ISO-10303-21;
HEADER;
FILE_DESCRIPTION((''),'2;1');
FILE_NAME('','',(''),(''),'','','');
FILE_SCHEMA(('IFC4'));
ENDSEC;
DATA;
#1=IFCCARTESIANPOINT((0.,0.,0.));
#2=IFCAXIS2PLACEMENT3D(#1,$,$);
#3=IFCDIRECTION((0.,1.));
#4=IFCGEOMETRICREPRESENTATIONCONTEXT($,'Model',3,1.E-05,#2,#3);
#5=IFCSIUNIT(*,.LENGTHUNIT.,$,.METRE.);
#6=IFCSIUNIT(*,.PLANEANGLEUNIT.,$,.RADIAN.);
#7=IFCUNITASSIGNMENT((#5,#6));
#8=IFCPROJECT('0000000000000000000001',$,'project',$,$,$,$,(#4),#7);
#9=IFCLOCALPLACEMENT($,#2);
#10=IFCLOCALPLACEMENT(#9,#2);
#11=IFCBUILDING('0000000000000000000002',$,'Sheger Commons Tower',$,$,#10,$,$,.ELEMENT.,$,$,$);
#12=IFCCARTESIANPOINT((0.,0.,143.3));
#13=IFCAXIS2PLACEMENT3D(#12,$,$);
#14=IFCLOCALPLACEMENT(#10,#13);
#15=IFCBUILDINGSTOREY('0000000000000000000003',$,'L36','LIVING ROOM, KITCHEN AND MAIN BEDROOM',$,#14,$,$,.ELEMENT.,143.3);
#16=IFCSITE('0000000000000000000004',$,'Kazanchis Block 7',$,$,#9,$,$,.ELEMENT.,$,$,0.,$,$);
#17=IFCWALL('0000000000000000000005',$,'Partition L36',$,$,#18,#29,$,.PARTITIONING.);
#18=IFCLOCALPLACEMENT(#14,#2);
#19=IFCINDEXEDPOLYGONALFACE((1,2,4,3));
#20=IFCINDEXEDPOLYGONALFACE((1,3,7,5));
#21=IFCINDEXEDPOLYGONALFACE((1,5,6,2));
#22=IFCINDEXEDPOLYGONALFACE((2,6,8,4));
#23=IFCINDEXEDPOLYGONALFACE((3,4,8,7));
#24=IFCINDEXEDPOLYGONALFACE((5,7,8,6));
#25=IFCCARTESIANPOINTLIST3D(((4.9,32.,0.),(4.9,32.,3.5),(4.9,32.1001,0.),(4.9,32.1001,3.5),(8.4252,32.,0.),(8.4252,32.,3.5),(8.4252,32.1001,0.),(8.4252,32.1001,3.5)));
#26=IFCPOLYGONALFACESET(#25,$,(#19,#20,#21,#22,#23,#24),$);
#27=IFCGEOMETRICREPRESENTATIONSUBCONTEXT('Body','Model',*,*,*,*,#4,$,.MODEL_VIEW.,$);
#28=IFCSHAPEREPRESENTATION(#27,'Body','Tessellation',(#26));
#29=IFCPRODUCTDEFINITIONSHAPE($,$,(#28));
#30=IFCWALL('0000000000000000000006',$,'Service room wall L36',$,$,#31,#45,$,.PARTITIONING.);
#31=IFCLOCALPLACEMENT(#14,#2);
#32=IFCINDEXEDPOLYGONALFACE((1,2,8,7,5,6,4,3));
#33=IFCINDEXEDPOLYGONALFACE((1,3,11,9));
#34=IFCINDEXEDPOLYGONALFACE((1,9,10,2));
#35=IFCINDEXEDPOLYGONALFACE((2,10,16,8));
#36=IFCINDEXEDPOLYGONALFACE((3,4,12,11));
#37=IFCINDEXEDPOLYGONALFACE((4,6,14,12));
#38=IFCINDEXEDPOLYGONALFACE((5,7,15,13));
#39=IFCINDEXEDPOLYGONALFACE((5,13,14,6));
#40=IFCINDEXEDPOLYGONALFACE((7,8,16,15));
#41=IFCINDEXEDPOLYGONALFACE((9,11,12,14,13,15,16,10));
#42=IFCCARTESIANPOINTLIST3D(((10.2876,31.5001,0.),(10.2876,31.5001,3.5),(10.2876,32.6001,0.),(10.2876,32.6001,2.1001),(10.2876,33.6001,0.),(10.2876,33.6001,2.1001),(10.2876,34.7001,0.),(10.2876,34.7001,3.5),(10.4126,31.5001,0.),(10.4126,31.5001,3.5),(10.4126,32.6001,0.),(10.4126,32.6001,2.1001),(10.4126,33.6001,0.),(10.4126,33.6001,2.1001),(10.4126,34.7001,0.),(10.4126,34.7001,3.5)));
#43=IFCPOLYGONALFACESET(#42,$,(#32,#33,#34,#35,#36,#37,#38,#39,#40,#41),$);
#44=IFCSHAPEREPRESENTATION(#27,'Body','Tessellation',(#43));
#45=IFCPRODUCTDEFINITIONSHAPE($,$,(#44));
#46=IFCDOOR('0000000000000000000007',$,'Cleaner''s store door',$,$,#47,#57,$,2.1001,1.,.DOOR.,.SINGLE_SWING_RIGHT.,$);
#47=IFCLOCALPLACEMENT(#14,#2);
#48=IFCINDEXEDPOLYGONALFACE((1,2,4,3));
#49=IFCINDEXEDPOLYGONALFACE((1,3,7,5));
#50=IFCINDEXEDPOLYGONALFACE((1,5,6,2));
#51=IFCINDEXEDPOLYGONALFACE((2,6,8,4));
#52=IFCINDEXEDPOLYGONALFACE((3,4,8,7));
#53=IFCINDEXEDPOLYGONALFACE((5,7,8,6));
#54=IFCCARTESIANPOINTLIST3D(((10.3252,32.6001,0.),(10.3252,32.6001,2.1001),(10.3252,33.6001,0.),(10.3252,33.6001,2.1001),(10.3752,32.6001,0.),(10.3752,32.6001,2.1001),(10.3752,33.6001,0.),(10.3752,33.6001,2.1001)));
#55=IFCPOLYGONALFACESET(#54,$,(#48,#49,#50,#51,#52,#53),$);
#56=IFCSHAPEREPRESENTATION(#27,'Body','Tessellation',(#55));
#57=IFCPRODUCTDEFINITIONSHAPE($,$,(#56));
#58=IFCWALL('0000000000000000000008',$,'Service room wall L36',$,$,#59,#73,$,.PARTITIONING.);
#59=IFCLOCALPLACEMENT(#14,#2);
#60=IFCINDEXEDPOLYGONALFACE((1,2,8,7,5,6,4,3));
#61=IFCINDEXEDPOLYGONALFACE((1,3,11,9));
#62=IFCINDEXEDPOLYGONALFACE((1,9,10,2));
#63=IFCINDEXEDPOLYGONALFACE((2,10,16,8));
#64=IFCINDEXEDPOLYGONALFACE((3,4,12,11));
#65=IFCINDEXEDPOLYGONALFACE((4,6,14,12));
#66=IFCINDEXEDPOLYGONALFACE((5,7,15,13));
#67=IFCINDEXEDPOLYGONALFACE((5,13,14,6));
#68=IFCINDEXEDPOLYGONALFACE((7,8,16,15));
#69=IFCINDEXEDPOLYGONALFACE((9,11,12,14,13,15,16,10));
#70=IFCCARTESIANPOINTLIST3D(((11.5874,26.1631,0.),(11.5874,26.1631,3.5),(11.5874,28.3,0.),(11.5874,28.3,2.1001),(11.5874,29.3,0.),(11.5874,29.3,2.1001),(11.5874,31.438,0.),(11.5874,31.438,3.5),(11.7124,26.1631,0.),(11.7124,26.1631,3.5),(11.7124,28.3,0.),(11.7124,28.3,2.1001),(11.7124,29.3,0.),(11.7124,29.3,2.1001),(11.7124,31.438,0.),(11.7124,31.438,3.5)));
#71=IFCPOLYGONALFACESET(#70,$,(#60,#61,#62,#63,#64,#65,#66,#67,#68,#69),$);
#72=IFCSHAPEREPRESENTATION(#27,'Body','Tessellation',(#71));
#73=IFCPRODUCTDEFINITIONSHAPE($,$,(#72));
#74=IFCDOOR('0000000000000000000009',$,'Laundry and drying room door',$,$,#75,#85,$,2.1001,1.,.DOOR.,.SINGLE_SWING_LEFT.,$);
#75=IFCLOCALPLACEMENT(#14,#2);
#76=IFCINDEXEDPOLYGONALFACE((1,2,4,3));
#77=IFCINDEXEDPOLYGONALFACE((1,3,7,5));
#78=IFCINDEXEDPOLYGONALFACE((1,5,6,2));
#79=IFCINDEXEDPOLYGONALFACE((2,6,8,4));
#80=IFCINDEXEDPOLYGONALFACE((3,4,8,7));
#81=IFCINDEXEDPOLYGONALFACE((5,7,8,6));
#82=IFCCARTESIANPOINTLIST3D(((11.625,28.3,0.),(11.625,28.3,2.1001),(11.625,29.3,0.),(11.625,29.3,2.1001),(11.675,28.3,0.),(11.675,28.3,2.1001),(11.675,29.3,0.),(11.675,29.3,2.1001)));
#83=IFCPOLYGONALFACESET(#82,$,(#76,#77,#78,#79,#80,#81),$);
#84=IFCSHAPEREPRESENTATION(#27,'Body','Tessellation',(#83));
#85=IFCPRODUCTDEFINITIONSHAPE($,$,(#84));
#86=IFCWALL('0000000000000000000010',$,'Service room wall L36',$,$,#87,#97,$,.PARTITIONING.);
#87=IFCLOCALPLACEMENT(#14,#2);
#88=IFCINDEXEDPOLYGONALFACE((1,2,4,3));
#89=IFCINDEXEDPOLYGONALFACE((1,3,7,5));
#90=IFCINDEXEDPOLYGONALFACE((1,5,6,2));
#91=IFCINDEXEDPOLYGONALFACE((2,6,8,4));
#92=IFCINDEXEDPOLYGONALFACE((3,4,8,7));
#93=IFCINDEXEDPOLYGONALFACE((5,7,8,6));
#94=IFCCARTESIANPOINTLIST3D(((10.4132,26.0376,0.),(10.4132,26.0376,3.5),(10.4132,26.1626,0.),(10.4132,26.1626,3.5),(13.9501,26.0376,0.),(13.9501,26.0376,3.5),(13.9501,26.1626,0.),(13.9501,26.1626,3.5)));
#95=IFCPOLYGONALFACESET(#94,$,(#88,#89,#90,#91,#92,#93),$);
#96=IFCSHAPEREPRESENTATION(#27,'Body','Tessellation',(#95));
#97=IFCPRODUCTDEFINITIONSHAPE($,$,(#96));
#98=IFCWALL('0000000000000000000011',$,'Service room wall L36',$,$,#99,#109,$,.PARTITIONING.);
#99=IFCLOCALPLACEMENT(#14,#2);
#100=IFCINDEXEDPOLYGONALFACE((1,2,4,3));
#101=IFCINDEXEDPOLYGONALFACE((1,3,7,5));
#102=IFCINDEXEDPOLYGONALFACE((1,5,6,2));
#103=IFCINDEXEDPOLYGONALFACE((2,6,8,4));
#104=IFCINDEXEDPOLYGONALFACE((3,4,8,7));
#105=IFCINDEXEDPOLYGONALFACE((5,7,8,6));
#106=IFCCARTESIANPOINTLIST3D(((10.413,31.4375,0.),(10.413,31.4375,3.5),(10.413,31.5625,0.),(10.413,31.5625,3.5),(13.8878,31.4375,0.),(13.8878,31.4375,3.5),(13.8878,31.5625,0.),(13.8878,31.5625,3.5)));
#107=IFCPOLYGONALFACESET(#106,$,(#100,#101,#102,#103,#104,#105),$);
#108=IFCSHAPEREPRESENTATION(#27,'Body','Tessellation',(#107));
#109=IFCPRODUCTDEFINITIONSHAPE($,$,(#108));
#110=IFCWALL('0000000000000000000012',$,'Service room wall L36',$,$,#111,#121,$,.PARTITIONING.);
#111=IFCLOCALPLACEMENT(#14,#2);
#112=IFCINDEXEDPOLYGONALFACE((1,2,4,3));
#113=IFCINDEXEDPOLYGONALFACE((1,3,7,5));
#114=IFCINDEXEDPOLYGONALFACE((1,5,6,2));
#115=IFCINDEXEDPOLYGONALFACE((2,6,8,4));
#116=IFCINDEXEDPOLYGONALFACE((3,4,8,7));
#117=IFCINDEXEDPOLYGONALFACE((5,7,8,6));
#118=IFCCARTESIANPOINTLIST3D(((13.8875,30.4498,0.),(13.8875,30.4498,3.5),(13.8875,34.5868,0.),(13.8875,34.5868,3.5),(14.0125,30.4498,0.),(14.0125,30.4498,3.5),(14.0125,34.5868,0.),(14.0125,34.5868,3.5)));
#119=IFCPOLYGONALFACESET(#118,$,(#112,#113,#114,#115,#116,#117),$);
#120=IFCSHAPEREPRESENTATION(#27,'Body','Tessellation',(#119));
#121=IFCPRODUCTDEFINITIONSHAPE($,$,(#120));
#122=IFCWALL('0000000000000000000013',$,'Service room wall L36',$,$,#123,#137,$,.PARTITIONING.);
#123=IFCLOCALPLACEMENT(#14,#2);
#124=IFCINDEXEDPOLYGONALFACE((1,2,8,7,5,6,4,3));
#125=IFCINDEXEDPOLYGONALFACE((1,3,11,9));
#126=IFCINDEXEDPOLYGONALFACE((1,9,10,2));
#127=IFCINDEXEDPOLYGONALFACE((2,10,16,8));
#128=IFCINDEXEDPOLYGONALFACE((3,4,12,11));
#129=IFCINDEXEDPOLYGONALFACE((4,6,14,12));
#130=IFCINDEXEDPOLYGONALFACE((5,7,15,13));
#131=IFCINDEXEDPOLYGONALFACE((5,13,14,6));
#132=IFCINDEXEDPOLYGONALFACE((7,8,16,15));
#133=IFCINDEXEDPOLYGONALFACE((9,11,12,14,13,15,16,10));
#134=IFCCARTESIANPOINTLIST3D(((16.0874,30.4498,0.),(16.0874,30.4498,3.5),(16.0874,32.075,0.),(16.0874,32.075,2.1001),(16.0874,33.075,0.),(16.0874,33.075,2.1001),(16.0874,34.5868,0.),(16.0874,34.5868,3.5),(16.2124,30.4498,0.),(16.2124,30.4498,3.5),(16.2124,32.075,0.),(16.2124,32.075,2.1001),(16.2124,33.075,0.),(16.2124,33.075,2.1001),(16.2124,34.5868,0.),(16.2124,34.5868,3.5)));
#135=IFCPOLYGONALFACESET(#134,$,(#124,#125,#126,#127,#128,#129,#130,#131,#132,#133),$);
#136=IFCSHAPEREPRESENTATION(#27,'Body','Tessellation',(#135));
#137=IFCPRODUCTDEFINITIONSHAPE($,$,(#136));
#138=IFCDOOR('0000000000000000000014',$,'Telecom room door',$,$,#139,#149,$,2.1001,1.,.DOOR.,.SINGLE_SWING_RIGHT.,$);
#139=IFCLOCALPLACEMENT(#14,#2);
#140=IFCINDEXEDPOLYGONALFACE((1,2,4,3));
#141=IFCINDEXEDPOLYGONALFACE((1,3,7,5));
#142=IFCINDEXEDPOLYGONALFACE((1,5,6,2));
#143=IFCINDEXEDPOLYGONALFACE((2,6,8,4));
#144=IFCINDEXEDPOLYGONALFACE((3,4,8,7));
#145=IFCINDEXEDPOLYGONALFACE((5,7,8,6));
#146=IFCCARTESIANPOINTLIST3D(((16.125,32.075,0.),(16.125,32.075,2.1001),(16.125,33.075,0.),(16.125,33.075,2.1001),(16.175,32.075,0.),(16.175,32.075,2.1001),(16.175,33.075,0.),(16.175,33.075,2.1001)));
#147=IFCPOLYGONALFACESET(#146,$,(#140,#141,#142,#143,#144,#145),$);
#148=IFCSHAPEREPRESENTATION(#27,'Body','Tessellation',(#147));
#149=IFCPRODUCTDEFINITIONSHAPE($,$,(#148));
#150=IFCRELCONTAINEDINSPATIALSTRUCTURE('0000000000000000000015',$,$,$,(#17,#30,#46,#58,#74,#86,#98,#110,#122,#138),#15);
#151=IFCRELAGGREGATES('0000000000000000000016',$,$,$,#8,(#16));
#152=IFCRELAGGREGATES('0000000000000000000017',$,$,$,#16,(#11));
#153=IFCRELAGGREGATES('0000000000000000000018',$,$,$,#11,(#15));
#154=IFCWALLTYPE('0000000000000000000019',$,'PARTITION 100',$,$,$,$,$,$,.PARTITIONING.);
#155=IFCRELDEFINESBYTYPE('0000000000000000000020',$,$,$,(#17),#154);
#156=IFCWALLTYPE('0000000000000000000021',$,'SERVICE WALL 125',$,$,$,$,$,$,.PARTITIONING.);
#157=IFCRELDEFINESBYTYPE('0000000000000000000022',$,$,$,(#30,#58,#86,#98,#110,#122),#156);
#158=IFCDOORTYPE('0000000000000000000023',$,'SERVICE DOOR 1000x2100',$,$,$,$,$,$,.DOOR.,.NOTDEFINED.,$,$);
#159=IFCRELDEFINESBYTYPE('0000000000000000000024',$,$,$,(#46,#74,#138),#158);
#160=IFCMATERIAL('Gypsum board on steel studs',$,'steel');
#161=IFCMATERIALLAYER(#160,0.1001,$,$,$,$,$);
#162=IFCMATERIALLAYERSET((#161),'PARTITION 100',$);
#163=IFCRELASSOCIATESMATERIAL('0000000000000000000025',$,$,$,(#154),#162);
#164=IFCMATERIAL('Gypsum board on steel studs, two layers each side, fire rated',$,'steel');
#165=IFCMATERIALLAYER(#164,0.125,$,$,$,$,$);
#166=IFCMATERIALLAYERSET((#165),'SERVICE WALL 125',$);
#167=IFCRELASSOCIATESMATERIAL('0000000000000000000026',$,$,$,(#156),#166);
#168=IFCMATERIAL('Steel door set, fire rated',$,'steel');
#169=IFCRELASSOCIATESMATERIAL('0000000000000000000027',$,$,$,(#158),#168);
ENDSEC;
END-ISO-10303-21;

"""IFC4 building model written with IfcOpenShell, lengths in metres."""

from ifc_helpers import new_model, si_unit, direction, frame, frame_2d, origin, place, context, subcontext, project, spatial, rectangle, extrude, material, layer, layer_set, type_object, element, fill, save


model = new_model("IFC4")

# Units and contexts
model_context = context("Model", 3, precision=1e-05, world=origin(), true_north=direction((0.0, 1.0)))
body_context = subcontext(model_context, "Body", "Model", "MODEL_VIEW")
ifc_project = project(units=[si_unit("LENGTHUNIT", "METRE"), si_unit("PLANEANGLEUNIT", "RADIAN")], contexts=[model_context])

# Site, building, storey
site_placement = place(None, origin())
site = spatial("IfcSite", under=ifc_project, at=site_placement, Name="Kazanchis Block 7", CompositionType="ELEMENT", RefElevation=0.0)
building_placement = place(site_placement, origin())
building = spatial("IfcBuilding", under=site, at=building_placement, Name="Sheger Commons Tower", CompositionType="ELEMENT")
storey_placement = place(building_placement, frame((0.0, 0.0, 143.3)))
storey = spatial("IfcBuildingStorey", under=building, at=storey_placement, Name="L36", Description="LIVING ROOM, KITCHEN AND MAIN BEDROOM", CompositionType="ELEMENT", Elevation=143.3)

# Shared definitions
ifc_material_1 = material(Name="Gypsum board on steel studs", Category="steel")
ifc_layer_1 = layer(ifc_material_1, 0.1001)
ifc_layer_set_1 = layer_set([ifc_layer_1], Name="PARTITION 100")
wall_type_1 = type_object("IfcWallType", Name="PARTITION 100", PredefinedType="PARTITIONING", material=ifc_layer_set_1)

# Wall
wall_1_placement = place(storey_placement, frame((4.8999, 32.05, 0.0), z_axis=(0.0, 0.0, 1.0), x_axis=(1.0, 0.0, 0.0)))
element("IfcWall", 1, at=wall_1_placement, inside=storey, type_object=wall_type_1, Name="Partition L36", PredefinedType="PARTITIONING", context=body_context, shape_type="SweptSolid", body=[
    extrude(rectangle(XDim=3.5251, YDim=0.1001, at=frame_2d((1.7627, 0.0))), origin(), (0.0, 0.0, 1.0), 3.5),
])

# Walls, openings, doors
ifc_material_2 = material(Name="Gypsum board on steel studs, two layers each side, fire rated", Category="steel")
ifc_layer_2 = layer(ifc_material_2, 0.125)
ifc_layer_set_2 = layer_set([ifc_layer_2], Name="SERVICE WALL 125")
wall_type_2 = type_object("IfcWallType", Name="SERVICE WALL 125", PredefinedType="PARTITIONING", material=ifc_layer_set_2)
wall_2_placement = place(storey_placement, frame((10.3501, 31.5, 0.0), z_axis=(0.0, 0.0, 1.0), x_axis=(0.0, 1.0, 0.0)))
wall_2 = element("IfcWall", 2, at=wall_2_placement, inside=storey, type_object=wall_type_2, Name="Service room wall L36", PredefinedType="PARTITIONING", context=body_context, shape_type="SweptSolid", body=[
    extrude(rectangle(XDim=3.2, YDim=0.125, at=frame_2d((1.6001, 0.0))), origin(), (0.0, 0.0, 1.0), 3.5),
])
opening_1_placement = place(wall_2_placement, frame((1.1001, 0.0, 0.0)))
opening_1 = element("IfcOpeningElement", 3, at=opening_1_placement, cuts=wall_2, PredefinedType="OPENING", context=body_context, shape_type="SweptSolid", body=[
    extrude(rectangle(XDim=1.0, YDim=2.1001, at=frame_2d((0.5, 1.05))), frame((0.0, 0.0725, 0.0), z_axis=(0.0, -1.0, 0.0), x_axis=(1.0, 0.0, 0.0)), (0.0, 0.0, 1.0), 0.145),
])
ifc_material_3 = material(Name="Steel door set, fire rated", Category="steel")
door_type_1 = type_object("IfcDoorType", Name="SERVICE DOOR 1000x2100", OperationType="NOTDEFINED", PredefinedType="DOOR", material=ifc_material_3)
door_1_placement = place(opening_1_placement, origin())
door_1 = element("IfcDoor", 4, at=door_1_placement, inside=storey, type_object=door_type_1, Name="Cleaner's store door", OperationType="SINGLE_SWING_RIGHT", OverallHeight=2.1001, OverallWidth=1.0, PredefinedType="DOOR", context=body_context, shape_type="SweptSolid", body=[
    extrude(rectangle(XDim=1.0, YDim=2.1001, at=frame_2d((0.5, 1.05))), frame((0.0, 0.0249, 0.0), z_axis=(0.0, -1.0, 0.0), x_axis=(1.0, 0.0, 0.0)), (0.0, 0.0, 1.0), 0.05),
])
fill(opening_1, door_1)
wall_3_placement = place(storey_placement, frame((11.6499, 26.1631, 0.0), z_axis=(0.0, 0.0, 1.0), x_axis=(0.0, 1.0, 0.0)))
wall_3 = element("IfcWall", 5, at=wall_3_placement, inside=storey, type_object=wall_type_2, Name="Service room wall L36", PredefinedType="PARTITIONING", context=body_context, shape_type="SweptSolid", body=[
    extrude(rectangle(XDim=5.2749, YDim=0.125, at=frame_2d((2.6375, 0.0))), origin(), (0.0, 0.0, 1.0), 3.5),
])
opening_2_placement = place(wall_3_placement, frame((2.137, 0.0, 0.0)))
opening_2 = element("IfcOpeningElement", 6, at=opening_2_placement, cuts=wall_3, PredefinedType="OPENING", context=body_context, shape_type="SweptSolid", body=[
    extrude(rectangle(XDim=1.0, YDim=2.1001, at=frame_2d((0.5, 1.05))), frame((0.0, 0.0725, 0.0), z_axis=(0.0, -1.0, 0.0), x_axis=(1.0, 0.0, 0.0)), (0.0, 0.0, 1.0), 0.145),
])
door_2_placement = place(opening_2_placement, origin())
door_2 = element("IfcDoor", 7, at=door_2_placement, inside=storey, type_object=door_type_1, Name="Laundry and drying room door", OperationType="SINGLE_SWING_LEFT", OverallHeight=2.1001, OverallWidth=1.0, PredefinedType="DOOR", context=body_context, shape_type="SweptSolid", body=[
    extrude(rectangle(XDim=1.0, YDim=2.1001, at=frame_2d((0.5, 1.05))), frame((0.0, 0.0249, 0.0), z_axis=(0.0, -1.0, 0.0), x_axis=(1.0, 0.0, 0.0)), (0.0, 0.0, 1.0), 0.05),
])
fill(opening_2, door_2)

# Walls
wall_4_placement = place(storey_placement, frame((10.4131, 26.1001, 0.0), z_axis=(0.0, 0.0, 1.0), x_axis=(1.0, 0.0, 0.0)))
element("IfcWall", 8, at=wall_4_placement, inside=storey, type_object=wall_type_2, Name="Service room wall L36", PredefinedType="PARTITIONING", context=body_context, shape_type="SweptSolid", body=[
    extrude(rectangle(XDim=3.5369, YDim=0.125, at=frame_2d((1.7686, 0.0))), origin(), (0.0, 0.0, 1.0), 3.5),
])
wall_5_placement = place(storey_placement, frame((10.4131, 31.5, 0.0), z_axis=(0.0, 0.0, 1.0), x_axis=(1.0, 0.0, 0.0)))
element("IfcWall", 9, at=wall_5_placement, inside=storey, type_object=wall_type_2, Name="Service room wall L36", PredefinedType="PARTITIONING", context=body_context, shape_type="SweptSolid", body=[
    extrude(rectangle(XDim=3.4749, YDim=0.125, at=frame_2d((1.7373, 0.0))), origin(), (0.0, 0.0, 1.0), 3.5),
])
wall_6_placement = place(storey_placement, frame((13.95, 30.45, 0.0), z_axis=(0.0, 0.0, 1.0), x_axis=(0.0, 1.0, 0.0)))
element("IfcWall", 10, at=wall_6_placement, inside=storey, type_object=wall_type_2, Name="Service room wall L36", PredefinedType="PARTITIONING", context=body_context, shape_type="SweptSolid", body=[
    extrude(rectangle(XDim=4.137, YDim=0.125, at=frame_2d((2.0684, 0.0))), origin(), (0.0, 0.0, 1.0), 3.5),
])

# Wall, opening, door
wall_7_placement = place(storey_placement, frame((16.1499, 30.45, 0.0), z_axis=(0.0, 0.0, 1.0), x_axis=(0.0, 1.0, 0.0)))
wall_7 = element("IfcWall", 11, at=wall_7_placement, inside=storey, type_object=wall_type_2, Name="Service room wall L36", PredefinedType="PARTITIONING", context=body_context, shape_type="SweptSolid", body=[
    extrude(rectangle(XDim=4.137, YDim=0.125, at=frame_2d((2.0684, 0.0))), origin(), (0.0, 0.0, 1.0), 3.5),
])
opening_3_placement = place(wall_7_placement, frame((1.625, 0.0, 0.0)))
opening_3 = element("IfcOpeningElement", 12, at=opening_3_placement, cuts=wall_7, PredefinedType="OPENING", context=body_context, shape_type="SweptSolid", body=[
    extrude(rectangle(XDim=1.0, YDim=2.1001, at=frame_2d((0.5, 1.05))), frame((0.0, 0.0725, 0.0), z_axis=(0.0, -1.0, 0.0), x_axis=(1.0, 0.0, 0.0)), (0.0, 0.0, 1.0), 0.145),
])
door_3_placement = place(opening_3_placement, origin())
door_3 = element("IfcDoor", 13, at=door_3_placement, inside=storey, type_object=door_type_1, Name="Telecom room door", OperationType="SINGLE_SWING_RIGHT", OverallHeight=2.1001, OverallWidth=1.0, PredefinedType="DOOR", context=body_context, shape_type="SweptSolid", body=[
    extrude(rectangle(XDim=1.0, YDim=2.1001, at=frame_2d((0.5, 1.05))), frame((0.0, 0.0249, 0.0), z_axis=(0.0, -1.0, 0.0), x_axis=(1.0, 0.0, 0.0)), (0.0, 0.0, 1.0), 0.05),
])
fill(opening_3, door_3)

save(model, "model.ifc")
